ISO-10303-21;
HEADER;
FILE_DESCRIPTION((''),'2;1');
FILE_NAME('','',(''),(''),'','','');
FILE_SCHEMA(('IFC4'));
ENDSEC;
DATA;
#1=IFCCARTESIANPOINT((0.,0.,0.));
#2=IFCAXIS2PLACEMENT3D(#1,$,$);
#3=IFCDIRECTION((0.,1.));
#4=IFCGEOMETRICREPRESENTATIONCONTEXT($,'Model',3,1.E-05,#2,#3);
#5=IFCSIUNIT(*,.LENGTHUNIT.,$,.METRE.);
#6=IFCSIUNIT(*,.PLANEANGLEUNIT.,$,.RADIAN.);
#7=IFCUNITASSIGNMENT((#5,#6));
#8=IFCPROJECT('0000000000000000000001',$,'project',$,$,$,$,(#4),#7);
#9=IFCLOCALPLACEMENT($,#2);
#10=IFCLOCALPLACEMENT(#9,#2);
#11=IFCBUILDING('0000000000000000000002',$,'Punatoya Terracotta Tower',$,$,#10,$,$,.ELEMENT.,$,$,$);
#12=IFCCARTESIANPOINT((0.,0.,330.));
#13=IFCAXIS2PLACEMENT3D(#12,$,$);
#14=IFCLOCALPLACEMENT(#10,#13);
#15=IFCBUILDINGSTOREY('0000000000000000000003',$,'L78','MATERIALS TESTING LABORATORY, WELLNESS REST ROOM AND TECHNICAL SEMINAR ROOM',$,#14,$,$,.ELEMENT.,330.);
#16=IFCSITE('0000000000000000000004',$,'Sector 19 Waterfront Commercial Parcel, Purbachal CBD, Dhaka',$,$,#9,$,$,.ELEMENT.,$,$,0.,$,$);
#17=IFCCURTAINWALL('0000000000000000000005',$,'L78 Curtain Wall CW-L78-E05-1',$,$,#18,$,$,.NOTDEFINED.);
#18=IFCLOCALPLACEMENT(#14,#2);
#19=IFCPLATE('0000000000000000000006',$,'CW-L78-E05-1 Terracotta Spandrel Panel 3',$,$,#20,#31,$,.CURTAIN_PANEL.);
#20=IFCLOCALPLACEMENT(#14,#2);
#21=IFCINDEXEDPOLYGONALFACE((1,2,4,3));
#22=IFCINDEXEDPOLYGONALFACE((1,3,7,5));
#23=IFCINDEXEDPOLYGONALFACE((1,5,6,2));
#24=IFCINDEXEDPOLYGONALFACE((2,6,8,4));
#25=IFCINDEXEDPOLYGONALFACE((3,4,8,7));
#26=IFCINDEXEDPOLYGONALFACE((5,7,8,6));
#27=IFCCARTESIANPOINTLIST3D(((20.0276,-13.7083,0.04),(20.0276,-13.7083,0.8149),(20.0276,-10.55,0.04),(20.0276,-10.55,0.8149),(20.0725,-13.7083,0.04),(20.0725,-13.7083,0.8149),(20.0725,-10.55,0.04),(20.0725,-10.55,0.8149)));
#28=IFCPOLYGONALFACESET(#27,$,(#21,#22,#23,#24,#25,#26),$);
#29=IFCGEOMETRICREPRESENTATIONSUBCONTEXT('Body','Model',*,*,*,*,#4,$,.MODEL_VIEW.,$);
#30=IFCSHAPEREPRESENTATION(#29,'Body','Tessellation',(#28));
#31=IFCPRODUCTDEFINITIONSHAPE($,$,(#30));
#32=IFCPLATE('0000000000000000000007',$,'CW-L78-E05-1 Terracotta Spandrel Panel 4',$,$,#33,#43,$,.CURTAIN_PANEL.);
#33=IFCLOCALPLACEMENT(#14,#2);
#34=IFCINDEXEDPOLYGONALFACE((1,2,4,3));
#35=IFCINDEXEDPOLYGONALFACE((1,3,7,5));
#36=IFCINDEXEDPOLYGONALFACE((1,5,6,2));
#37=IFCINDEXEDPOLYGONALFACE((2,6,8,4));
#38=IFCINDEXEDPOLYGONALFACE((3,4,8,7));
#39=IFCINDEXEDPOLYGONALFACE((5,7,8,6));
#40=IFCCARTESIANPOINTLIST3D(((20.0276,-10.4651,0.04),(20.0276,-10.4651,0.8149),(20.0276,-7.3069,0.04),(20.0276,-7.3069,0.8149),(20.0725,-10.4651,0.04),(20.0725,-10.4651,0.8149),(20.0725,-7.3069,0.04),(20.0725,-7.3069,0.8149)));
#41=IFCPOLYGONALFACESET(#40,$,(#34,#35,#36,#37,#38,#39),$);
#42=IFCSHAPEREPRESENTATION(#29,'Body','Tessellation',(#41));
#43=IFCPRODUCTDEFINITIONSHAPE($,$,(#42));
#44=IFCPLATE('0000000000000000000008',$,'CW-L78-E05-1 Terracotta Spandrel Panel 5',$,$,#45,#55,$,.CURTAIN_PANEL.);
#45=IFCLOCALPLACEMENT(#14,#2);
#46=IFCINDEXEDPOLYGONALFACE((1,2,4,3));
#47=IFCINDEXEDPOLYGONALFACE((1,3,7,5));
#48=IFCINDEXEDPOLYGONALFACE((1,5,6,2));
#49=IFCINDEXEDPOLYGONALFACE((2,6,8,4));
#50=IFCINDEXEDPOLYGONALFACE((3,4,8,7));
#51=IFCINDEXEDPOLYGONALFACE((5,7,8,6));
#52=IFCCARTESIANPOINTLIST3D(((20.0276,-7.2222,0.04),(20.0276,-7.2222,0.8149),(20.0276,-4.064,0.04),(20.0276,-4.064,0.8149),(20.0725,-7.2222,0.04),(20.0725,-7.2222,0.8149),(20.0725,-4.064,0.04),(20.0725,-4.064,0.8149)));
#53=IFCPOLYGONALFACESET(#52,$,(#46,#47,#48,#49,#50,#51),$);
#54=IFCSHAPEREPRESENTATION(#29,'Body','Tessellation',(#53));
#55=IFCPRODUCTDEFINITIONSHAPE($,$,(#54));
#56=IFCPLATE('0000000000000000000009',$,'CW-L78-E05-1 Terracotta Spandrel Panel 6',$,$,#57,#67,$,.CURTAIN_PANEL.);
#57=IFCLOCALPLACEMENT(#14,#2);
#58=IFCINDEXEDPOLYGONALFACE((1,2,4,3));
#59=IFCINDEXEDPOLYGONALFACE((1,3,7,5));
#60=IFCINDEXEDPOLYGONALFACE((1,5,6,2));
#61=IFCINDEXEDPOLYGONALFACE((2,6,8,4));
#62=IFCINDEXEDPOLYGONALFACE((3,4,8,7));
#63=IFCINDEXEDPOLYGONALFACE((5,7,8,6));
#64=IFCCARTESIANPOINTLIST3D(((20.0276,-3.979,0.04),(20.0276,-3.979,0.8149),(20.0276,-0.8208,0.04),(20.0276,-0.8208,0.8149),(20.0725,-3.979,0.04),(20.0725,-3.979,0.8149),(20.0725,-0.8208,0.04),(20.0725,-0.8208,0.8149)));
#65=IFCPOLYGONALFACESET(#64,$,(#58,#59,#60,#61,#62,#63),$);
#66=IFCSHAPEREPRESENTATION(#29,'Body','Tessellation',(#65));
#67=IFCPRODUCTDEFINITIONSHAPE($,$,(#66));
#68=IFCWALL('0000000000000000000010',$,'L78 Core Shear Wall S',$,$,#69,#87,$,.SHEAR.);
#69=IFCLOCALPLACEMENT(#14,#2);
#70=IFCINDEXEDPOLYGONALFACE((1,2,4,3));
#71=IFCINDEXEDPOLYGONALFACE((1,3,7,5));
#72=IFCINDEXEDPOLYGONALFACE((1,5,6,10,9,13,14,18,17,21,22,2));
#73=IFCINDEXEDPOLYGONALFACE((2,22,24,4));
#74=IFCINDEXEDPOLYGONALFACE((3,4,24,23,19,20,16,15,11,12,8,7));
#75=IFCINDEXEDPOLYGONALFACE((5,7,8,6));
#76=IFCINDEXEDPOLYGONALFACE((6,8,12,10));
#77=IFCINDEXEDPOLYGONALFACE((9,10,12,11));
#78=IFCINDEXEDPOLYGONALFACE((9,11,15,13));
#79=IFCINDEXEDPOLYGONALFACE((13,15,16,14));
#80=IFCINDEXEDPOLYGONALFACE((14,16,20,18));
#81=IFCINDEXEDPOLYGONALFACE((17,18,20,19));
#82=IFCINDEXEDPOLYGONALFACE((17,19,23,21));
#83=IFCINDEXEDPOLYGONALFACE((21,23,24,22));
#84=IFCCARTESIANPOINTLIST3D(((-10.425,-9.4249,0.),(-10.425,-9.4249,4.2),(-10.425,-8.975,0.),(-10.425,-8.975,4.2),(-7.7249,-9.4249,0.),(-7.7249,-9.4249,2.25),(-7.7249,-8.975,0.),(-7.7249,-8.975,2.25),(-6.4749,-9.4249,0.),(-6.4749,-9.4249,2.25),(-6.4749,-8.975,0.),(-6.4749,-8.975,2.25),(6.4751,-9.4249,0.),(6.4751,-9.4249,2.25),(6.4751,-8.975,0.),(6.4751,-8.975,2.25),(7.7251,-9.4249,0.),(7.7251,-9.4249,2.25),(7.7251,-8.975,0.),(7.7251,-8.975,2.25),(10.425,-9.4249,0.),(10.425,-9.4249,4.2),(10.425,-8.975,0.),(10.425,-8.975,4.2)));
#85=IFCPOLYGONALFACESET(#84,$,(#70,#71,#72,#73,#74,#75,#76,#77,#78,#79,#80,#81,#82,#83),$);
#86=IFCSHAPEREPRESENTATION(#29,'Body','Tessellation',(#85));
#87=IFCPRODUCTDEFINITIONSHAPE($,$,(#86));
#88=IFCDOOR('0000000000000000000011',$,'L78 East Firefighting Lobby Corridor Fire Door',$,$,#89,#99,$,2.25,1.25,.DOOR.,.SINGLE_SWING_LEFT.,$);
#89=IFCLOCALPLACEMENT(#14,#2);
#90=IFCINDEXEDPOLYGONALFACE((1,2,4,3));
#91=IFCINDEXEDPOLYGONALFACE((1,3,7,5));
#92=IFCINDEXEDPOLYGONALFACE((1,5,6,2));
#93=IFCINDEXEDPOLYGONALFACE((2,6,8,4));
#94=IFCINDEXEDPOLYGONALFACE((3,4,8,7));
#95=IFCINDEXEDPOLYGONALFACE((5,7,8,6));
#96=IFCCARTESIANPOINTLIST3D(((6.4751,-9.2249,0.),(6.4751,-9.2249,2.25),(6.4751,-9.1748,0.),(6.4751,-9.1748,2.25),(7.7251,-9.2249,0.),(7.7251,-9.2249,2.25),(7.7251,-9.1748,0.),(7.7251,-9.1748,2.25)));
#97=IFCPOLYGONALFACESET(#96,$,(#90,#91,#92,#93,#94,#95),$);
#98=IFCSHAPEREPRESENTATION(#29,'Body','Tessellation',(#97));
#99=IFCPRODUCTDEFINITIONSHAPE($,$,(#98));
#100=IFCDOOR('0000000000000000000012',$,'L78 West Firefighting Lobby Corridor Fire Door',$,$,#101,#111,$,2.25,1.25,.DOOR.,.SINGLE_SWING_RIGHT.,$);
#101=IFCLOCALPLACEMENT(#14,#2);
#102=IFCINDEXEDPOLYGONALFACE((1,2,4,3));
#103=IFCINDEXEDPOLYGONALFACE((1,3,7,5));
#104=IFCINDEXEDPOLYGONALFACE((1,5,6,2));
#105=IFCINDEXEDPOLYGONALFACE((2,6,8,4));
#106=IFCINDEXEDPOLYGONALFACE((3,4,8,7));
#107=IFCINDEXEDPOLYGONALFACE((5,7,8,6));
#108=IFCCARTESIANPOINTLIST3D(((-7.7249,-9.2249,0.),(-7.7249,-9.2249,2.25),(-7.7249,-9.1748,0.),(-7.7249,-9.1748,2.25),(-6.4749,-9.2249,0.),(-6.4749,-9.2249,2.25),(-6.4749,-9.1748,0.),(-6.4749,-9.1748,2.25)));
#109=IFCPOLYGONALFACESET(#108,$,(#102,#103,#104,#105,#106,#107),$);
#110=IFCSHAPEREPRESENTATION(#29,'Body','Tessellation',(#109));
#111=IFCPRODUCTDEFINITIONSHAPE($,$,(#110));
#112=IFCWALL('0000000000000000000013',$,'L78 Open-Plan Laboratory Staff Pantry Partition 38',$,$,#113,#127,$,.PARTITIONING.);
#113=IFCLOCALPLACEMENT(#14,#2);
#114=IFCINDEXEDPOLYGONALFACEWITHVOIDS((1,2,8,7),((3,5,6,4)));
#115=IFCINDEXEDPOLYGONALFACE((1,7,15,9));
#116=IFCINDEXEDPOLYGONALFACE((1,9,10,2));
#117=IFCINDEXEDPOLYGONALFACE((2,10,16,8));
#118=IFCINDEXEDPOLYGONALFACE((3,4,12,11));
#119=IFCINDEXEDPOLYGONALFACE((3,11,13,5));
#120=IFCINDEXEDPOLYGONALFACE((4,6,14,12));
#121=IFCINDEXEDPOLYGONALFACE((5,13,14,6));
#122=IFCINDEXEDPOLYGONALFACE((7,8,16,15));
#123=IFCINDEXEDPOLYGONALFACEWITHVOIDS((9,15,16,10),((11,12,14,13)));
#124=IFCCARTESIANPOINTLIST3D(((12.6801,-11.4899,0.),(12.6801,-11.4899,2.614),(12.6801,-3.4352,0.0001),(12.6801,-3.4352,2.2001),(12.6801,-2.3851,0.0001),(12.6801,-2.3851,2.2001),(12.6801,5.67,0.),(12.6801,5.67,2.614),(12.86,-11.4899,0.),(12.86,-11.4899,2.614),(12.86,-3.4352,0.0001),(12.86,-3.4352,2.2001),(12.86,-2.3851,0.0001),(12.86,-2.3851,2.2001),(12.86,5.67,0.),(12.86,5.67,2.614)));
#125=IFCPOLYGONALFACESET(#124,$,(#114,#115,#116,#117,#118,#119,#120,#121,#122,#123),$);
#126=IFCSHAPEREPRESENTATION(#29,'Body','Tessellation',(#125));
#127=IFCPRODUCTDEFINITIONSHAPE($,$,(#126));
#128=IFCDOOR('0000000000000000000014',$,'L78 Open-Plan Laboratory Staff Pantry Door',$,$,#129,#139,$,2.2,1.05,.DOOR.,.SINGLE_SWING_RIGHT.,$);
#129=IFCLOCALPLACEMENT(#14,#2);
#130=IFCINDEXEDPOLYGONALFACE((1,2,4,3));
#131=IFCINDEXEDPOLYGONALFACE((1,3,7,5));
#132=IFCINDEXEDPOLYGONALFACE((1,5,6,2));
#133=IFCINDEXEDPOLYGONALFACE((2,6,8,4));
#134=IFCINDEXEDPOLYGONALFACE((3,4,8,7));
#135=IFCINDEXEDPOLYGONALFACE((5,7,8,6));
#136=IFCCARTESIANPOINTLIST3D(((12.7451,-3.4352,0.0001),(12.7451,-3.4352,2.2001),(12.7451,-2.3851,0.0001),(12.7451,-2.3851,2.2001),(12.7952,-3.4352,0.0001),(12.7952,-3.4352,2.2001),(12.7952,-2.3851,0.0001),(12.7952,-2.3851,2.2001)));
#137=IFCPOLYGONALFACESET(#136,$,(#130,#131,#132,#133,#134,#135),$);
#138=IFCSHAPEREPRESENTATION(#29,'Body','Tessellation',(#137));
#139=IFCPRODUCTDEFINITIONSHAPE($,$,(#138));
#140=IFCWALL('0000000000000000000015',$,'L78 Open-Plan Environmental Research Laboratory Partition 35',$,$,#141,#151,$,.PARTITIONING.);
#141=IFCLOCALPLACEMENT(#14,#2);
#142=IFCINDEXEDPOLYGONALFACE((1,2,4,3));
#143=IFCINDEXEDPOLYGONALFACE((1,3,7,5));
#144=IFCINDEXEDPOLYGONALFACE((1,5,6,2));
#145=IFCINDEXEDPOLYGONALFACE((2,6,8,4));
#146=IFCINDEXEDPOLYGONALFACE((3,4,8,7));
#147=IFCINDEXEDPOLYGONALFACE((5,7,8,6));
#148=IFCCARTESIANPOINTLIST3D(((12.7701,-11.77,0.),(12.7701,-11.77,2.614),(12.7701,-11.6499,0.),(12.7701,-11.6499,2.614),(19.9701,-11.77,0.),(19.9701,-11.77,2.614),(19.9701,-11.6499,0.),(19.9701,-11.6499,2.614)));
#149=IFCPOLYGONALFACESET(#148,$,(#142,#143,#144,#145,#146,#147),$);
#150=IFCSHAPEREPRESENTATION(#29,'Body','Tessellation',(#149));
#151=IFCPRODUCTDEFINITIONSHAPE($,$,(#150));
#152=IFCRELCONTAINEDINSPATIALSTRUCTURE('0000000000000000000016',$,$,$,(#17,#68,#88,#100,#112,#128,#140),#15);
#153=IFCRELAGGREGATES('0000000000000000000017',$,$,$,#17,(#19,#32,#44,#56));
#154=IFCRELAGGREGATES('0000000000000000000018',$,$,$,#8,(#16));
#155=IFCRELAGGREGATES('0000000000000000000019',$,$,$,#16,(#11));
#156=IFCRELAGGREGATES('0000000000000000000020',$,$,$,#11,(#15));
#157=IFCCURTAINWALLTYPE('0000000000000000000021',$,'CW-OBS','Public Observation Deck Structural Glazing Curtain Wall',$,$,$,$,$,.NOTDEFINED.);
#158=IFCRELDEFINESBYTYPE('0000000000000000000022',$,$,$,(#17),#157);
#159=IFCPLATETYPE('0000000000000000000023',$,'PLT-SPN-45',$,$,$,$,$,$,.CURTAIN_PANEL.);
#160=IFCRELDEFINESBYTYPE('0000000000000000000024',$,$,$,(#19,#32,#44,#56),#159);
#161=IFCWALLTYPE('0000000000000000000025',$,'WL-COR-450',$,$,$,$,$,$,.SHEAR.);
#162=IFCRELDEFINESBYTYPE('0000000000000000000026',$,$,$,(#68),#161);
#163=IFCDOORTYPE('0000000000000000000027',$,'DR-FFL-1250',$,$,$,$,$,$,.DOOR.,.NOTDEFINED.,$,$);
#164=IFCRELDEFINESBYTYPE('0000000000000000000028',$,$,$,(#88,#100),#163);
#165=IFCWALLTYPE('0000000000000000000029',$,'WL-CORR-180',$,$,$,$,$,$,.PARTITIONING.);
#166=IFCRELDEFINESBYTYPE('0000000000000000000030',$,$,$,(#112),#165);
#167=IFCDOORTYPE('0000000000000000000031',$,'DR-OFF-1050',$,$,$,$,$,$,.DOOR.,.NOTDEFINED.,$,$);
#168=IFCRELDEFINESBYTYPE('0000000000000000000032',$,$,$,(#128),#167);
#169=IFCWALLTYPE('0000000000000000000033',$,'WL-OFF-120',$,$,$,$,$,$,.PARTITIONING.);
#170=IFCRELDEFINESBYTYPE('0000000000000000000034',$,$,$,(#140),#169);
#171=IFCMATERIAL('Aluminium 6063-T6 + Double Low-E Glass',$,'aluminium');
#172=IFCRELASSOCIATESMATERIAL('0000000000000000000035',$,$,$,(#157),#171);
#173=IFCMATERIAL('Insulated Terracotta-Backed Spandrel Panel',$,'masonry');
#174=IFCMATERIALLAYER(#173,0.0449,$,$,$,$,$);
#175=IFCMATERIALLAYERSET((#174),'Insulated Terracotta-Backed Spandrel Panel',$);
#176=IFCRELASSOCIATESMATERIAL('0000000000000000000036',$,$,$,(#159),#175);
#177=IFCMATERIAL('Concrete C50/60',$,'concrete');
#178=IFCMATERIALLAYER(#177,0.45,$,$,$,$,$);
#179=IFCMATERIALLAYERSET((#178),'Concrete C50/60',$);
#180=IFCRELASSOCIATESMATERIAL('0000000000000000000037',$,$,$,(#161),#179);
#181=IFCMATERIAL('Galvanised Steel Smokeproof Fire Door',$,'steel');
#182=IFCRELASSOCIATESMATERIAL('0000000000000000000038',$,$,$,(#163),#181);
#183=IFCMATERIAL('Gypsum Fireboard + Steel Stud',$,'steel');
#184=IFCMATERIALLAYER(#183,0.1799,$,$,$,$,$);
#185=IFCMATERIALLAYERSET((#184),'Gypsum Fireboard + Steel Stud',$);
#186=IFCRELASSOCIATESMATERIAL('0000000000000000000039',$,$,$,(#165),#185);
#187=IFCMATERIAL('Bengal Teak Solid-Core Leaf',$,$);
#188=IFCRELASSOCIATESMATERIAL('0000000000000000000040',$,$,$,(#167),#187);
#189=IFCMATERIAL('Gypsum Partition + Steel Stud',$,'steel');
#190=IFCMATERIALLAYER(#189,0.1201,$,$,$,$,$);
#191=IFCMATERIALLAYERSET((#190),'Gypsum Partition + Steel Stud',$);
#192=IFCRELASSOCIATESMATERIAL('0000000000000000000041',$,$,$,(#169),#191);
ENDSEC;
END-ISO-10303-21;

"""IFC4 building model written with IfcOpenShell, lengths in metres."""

from ifc_helpers import new_model, si_unit, direction, frame, frame_2d, origin, origin_2d, place, context, subcontext, project, spatial, rectangle, extrude, material, layer, layer_set, type_object, element, fill, aggregate, save


model = new_model("IFC4")

# Units and contexts
model_context = context("Model", 3, precision=1e-05, world=origin(), true_north=direction((0.0, 1.0)))
body_context = subcontext(model_context, "Body", "Model", "MODEL_VIEW")
ifc_project = project(units=[si_unit("LENGTHUNIT", "METRE"), si_unit("PLANEANGLEUNIT", "RADIAN")], contexts=[model_context])

# Site, building, storey
site_placement = place(None, origin())
site = spatial("IfcSite", under=ifc_project, at=site_placement, Name="Sector 19 Waterfront Commercial Parcel, Purbachal CBD, Dhaka", CompositionType="ELEMENT", RefElevation=0.0)
building_placement = place(site_placement, origin())
building = spatial("IfcBuilding", under=site, at=building_placement, Name="Punatoya Terracotta Tower", CompositionType="ELEMENT")
storey_placement = place(building_placement, frame((0.0, 0.0, 330.0)))
storey = spatial("IfcBuildingStorey", under=building, at=storey_placement, Name="L78", Description="MATERIALS TESTING LABORATORY, WELLNESS REST ROOM AND TECHNICAL SEMINAR ROOM", CompositionType="ELEMENT", Elevation=330.0)

# Curtain wall, plates
ifc_material_1 = material(Name="Aluminium 6063-T6 + Double Low-E Glass", Category="aluminium")
curtain_wall_type = type_object("IfcCurtainWallType", Name="CW-OBS", Description="Public Observation Deck Structural Glazing Curtain Wall", PredefinedType="NOTDEFINED", material=ifc_material_1)
curtain_wall_placement = place(storey_placement, origin())
curtain_wall = element("IfcCurtainWall", 1, at=curtain_wall_placement, inside=storey, type_object=curtain_wall_type, Name="L78 Curtain Wall CW-L78-E05-1", PredefinedType="NOTDEFINED")
ifc_material_2 = material(Name="Insulated Terracotta-Backed Spandrel Panel", Category="masonry")
ifc_layer_1 = layer(ifc_material_2, 0.0449)
ifc_layer_set_1 = layer_set([ifc_layer_1], Name="Insulated Terracotta-Backed Spandrel Panel")
plate_type_1 = type_object("IfcPlateType", Name="PLT-SPN-45", PredefinedType="CURTAIN_PANEL", material=ifc_layer_set_1)
plate_1_placement = place(storey_placement, frame((20.05, -12.1292, 0.04), z_axis=(0.0, 0.0, 1.0), x_axis=(0.0, 1.0, 0.0)))
plate_1 = element("IfcPlate", 2, at=plate_1_placement, type_object=plate_type_1, Name="CW-L78-E05-1 Terracotta Spandrel Panel 3", PredefinedType="CURTAIN_PANEL", context=body_context, shape_type="SweptSolid", body=[
    extrude(rectangle(XDim=3.1582, YDim=0.0449, at=origin_2d()), origin(), (0.0, 0.0, 1.0), 0.7749),
])
plate_2_placement = place(storey_placement, frame((20.05, -8.886, 0.04), z_axis=(0.0, 0.0, 1.0), x_axis=(0.0, 1.0, 0.0)))
plate_2 = element("IfcPlate", 3, at=plate_2_placement, type_object=plate_type_1, Name="CW-L78-E05-1 Terracotta Spandrel Panel 4", PredefinedType="CURTAIN_PANEL", context=body_context, shape_type="SweptSolid", body=[
    extrude(rectangle(XDim=3.1582, YDim=0.0449, at=origin_2d()), origin(), (0.0, 0.0, 1.0), 0.7749),
])
plate_3_placement = place(storey_placement, frame((20.05, -5.6431, 0.04), z_axis=(0.0, 0.0, 1.0), x_axis=(0.0, 1.0, 0.0)))
plate_3 = element("IfcPlate", 4, at=plate_3_placement, type_object=plate_type_1, Name="CW-L78-E05-1 Terracotta Spandrel Panel 5", PredefinedType="CURTAIN_PANEL", context=body_context, shape_type="SweptSolid", body=[
    extrude(rectangle(XDim=3.1582, YDim=0.0449, at=origin_2d()), origin(), (0.0, 0.0, 1.0), 0.7749),
])
plate_4_placement = place(storey_placement, frame((20.05, -2.3999, 0.04), z_axis=(0.0, 0.0, 1.0), x_axis=(0.0, 1.0, 0.0)))
plate_4 = element("IfcPlate", 5, at=plate_4_placement, type_object=plate_type_1, Name="CW-L78-E05-1 Terracotta Spandrel Panel 6", PredefinedType="CURTAIN_PANEL", context=body_context, shape_type="SweptSolid", body=[
    extrude(rectangle(XDim=3.1582, YDim=0.0449, at=origin_2d()), origin(), (0.0, 0.0, 1.0), 0.7749),
])
aggregate(curtain_wall, [plate_1, plate_2, plate_3, plate_4])

# Wall, openings, doors
ifc_material_3 = material(Name="Concrete C50/60", Category="concrete")
ifc_layer_2 = layer(ifc_material_3, 0.45)
ifc_layer_set_2 = layer_set([ifc_layer_2], Name="Concrete C50/60")
wall_type_1 = type_object("IfcWallType", Name="WL-COR-450", PredefinedType="SHEAR", material=ifc_layer_set_2)
wall_1_placement = place(storey_placement, frame((10.425, -9.2, 0.0), z_axis=(0.0, 0.0, 1.0), x_axis=(-1.0, 0.0, 0.0)))
wall_1 = element("IfcWall", 6, at=wall_1_placement, inside=storey, type_object=wall_type_1, Name="L78 Core Shear Wall S", PredefinedType="SHEAR", context=body_context, shape_type="SweptSolid", body=[
    extrude(rectangle(XDim=20.8501, YDim=0.45, at=frame_2d((10.425, 0.0))), origin(), (0.0, 0.0, 1.0), 4.2),
])
opening_1_placement = place(wall_1_placement, frame((2.7, 0.0, 0.0)))
opening_1 = element("IfcOpeningElement", 7, at=opening_1_placement, cuts=wall_1, PredefinedType="OPENING", context=body_context, shape_type="SweptSolid", body=[
    extrude(rectangle(XDim=1.25, YDim=2.25, at=frame_2d((0.625, 1.125))), frame((0.0, 0.2349, 0.0), z_axis=(0.0, -1.0, 0.0), x_axis=(1.0, 0.0, 0.0)), (0.0, 0.0, 1.0), 0.47),
])
opening_2_placement = place(wall_1_placement, frame((16.8999, 0.0, 0.0)))
opening_2 = element("IfcOpeningElement", 8, at=opening_2_placement, cuts=wall_1, PredefinedType="OPENING", context=body_context, shape_type="SweptSolid", body=[
    extrude(rectangle(XDim=1.25, YDim=2.25, at=frame_2d((0.625, 1.125))), frame((0.0, 0.2349, 0.0), z_axis=(0.0, -1.0, 0.0), x_axis=(1.0, 0.0, 0.0)), (0.0, 0.0, 1.0), 0.47),
])
ifc_material_4 = material(Name="Galvanised Steel Smokeproof Fire Door", Category="steel")
door_type_1 = type_object("IfcDoorType", Name="DR-FFL-1250", OperationType="NOTDEFINED", PredefinedType="DOOR", material=ifc_material_4)
door_1_placement = place(opening_1_placement, origin())
door_1 = element("IfcDoor", 9, at=door_1_placement, inside=storey, type_object=door_type_1, Name="L78 East Firefighting Lobby Corridor Fire Door", OperationType="SINGLE_SWING_LEFT", OverallHeight=2.25, OverallWidth=1.25, PredefinedType="DOOR", context=body_context, shape_type="SweptSolid", body=[
    extrude(rectangle(XDim=1.25, YDim=2.25, at=frame_2d((0.625, 1.125))), frame((0.0, 0.0249, 0.0), z_axis=(0.0, -1.0, 0.0), x_axis=(1.0, 0.0, 0.0)), (0.0, 0.0, 1.0), 0.05),
])
fill(opening_1, door_1)
door_2_placement = place(opening_2_placement, origin())
door_2 = element("IfcDoor", 10, at=door_2_placement, inside=storey, type_object=door_type_1, Name="L78 West Firefighting Lobby Corridor Fire Door", OperationType="SINGLE_SWING_RIGHT", OverallHeight=2.25, OverallWidth=1.25, PredefinedType="DOOR", context=body_context, shape_type="SweptSolid", body=[
    extrude(rectangle(XDim=1.25, YDim=2.25, at=frame_2d((0.625, 1.125))), frame((0.0, 0.0249, 0.0), z_axis=(0.0, -1.0, 0.0), x_axis=(1.0, 0.0, 0.0)), (0.0, 0.0, 1.0), 0.05),
])
fill(opening_2, door_2)

# Wall, opening, door
ifc_material_5 = material(Name="Gypsum Fireboard + Steel Stud", Category="steel")
ifc_layer_3 = layer(ifc_material_5, 0.1799)
ifc_layer_set_3 = layer_set([ifc_layer_3], Name="Gypsum Fireboard + Steel Stud")
wall_type_2 = type_object("IfcWallType", Name="WL-CORR-180", PredefinedType="PARTITIONING", material=ifc_layer_set_3)
wall_2_placement = place(storey_placement, frame((12.77, -11.49, 0.0), z_axis=(0.0, 0.0, 1.0), x_axis=(0.0, 1.0, 0.0)))
wall_2 = element("IfcWall", 11, at=wall_2_placement, inside=storey, type_object=wall_type_2, Name="L78 Open-Plan Laboratory Staff Pantry Partition 38", PredefinedType="PARTITIONING", context=body_context, shape_type="SweptSolid", body=[
    extrude(rectangle(XDim=17.1599, YDim=0.1799, at=frame_2d((8.5801, 0.0))), origin(), (0.0, 0.0, 1.0), 2.614),
])
opening_3_placement = place(wall_2_placement, frame((8.0549, 0.0, 0.0)))
opening_3 = element("IfcOpeningElement", 12, at=opening_3_placement, cuts=wall_2, PredefinedType="OPENING", context=body_context, shape_type="SweptSolid", body=[
    extrude(rectangle(XDim=1.05, YDim=2.2, at=frame_2d((0.5249, 1.1001))), frame((0.0, 0.0999, 0.0), z_axis=(0.0, -1.0, 0.0), x_axis=(1.0, 0.0, 0.0)), (0.0, 0.0, 1.0), 0.2),
])
ifc_material_6 = material(Name="Bengal Teak Solid-Core Leaf")
door_type_2 = type_object("IfcDoorType", Name="DR-OFF-1050", OperationType="NOTDEFINED", PredefinedType="DOOR", material=ifc_material_6)
door_3_placement = place(opening_3_placement, origin())
door_3 = element("IfcDoor", 13, at=door_3_placement, inside=storey, type_object=door_type_2, Name="L78 Open-Plan Laboratory Staff Pantry Door", OperationType="SINGLE_SWING_RIGHT", OverallHeight=2.2, OverallWidth=1.05, PredefinedType="DOOR", context=body_context, shape_type="SweptSolid", body=[
    extrude(rectangle(XDim=1.05, YDim=2.2, at=frame_2d((0.5249, 1.1001))), frame((0.0, 0.0249, 0.0), z_axis=(0.0, -1.0, 0.0), x_axis=(1.0, 0.0, 0.0)), (0.0, 0.0, 1.0), 0.05),
])
fill(opening_3, door_3)

# Wall
ifc_material_7 = material(Name="Gypsum Partition + Steel Stud", Category="steel")
ifc_layer_4 = layer(ifc_material_7, 0.1201)
ifc_layer_set_4 = layer_set([ifc_layer_4], Name="Gypsum Partition + Steel Stud")
wall_type_3 = type_object("IfcWallType", Name="WL-OFF-120", PredefinedType="PARTITIONING", material=ifc_layer_set_4)
wall_3_placement = place(storey_placement, frame((12.77, -11.71, 0.0), z_axis=(0.0, 0.0, 1.0), x_axis=(1.0, 0.0, 0.0)))
element("IfcWall", 14, at=wall_3_placement, inside=storey, type_object=wall_type_3, Name="L78 Open-Plan Environmental Research Laboratory Partition 35", PredefinedType="PARTITIONING", context=body_context, shape_type="SweptSolid", body=[
    extrude(rectangle(XDim=7.2, YDim=0.1201, at=frame_2d((3.6001, 0.0))), origin(), (0.0, 0.0, 1.0), 2.614),
])

save(model, "model.ifc")
